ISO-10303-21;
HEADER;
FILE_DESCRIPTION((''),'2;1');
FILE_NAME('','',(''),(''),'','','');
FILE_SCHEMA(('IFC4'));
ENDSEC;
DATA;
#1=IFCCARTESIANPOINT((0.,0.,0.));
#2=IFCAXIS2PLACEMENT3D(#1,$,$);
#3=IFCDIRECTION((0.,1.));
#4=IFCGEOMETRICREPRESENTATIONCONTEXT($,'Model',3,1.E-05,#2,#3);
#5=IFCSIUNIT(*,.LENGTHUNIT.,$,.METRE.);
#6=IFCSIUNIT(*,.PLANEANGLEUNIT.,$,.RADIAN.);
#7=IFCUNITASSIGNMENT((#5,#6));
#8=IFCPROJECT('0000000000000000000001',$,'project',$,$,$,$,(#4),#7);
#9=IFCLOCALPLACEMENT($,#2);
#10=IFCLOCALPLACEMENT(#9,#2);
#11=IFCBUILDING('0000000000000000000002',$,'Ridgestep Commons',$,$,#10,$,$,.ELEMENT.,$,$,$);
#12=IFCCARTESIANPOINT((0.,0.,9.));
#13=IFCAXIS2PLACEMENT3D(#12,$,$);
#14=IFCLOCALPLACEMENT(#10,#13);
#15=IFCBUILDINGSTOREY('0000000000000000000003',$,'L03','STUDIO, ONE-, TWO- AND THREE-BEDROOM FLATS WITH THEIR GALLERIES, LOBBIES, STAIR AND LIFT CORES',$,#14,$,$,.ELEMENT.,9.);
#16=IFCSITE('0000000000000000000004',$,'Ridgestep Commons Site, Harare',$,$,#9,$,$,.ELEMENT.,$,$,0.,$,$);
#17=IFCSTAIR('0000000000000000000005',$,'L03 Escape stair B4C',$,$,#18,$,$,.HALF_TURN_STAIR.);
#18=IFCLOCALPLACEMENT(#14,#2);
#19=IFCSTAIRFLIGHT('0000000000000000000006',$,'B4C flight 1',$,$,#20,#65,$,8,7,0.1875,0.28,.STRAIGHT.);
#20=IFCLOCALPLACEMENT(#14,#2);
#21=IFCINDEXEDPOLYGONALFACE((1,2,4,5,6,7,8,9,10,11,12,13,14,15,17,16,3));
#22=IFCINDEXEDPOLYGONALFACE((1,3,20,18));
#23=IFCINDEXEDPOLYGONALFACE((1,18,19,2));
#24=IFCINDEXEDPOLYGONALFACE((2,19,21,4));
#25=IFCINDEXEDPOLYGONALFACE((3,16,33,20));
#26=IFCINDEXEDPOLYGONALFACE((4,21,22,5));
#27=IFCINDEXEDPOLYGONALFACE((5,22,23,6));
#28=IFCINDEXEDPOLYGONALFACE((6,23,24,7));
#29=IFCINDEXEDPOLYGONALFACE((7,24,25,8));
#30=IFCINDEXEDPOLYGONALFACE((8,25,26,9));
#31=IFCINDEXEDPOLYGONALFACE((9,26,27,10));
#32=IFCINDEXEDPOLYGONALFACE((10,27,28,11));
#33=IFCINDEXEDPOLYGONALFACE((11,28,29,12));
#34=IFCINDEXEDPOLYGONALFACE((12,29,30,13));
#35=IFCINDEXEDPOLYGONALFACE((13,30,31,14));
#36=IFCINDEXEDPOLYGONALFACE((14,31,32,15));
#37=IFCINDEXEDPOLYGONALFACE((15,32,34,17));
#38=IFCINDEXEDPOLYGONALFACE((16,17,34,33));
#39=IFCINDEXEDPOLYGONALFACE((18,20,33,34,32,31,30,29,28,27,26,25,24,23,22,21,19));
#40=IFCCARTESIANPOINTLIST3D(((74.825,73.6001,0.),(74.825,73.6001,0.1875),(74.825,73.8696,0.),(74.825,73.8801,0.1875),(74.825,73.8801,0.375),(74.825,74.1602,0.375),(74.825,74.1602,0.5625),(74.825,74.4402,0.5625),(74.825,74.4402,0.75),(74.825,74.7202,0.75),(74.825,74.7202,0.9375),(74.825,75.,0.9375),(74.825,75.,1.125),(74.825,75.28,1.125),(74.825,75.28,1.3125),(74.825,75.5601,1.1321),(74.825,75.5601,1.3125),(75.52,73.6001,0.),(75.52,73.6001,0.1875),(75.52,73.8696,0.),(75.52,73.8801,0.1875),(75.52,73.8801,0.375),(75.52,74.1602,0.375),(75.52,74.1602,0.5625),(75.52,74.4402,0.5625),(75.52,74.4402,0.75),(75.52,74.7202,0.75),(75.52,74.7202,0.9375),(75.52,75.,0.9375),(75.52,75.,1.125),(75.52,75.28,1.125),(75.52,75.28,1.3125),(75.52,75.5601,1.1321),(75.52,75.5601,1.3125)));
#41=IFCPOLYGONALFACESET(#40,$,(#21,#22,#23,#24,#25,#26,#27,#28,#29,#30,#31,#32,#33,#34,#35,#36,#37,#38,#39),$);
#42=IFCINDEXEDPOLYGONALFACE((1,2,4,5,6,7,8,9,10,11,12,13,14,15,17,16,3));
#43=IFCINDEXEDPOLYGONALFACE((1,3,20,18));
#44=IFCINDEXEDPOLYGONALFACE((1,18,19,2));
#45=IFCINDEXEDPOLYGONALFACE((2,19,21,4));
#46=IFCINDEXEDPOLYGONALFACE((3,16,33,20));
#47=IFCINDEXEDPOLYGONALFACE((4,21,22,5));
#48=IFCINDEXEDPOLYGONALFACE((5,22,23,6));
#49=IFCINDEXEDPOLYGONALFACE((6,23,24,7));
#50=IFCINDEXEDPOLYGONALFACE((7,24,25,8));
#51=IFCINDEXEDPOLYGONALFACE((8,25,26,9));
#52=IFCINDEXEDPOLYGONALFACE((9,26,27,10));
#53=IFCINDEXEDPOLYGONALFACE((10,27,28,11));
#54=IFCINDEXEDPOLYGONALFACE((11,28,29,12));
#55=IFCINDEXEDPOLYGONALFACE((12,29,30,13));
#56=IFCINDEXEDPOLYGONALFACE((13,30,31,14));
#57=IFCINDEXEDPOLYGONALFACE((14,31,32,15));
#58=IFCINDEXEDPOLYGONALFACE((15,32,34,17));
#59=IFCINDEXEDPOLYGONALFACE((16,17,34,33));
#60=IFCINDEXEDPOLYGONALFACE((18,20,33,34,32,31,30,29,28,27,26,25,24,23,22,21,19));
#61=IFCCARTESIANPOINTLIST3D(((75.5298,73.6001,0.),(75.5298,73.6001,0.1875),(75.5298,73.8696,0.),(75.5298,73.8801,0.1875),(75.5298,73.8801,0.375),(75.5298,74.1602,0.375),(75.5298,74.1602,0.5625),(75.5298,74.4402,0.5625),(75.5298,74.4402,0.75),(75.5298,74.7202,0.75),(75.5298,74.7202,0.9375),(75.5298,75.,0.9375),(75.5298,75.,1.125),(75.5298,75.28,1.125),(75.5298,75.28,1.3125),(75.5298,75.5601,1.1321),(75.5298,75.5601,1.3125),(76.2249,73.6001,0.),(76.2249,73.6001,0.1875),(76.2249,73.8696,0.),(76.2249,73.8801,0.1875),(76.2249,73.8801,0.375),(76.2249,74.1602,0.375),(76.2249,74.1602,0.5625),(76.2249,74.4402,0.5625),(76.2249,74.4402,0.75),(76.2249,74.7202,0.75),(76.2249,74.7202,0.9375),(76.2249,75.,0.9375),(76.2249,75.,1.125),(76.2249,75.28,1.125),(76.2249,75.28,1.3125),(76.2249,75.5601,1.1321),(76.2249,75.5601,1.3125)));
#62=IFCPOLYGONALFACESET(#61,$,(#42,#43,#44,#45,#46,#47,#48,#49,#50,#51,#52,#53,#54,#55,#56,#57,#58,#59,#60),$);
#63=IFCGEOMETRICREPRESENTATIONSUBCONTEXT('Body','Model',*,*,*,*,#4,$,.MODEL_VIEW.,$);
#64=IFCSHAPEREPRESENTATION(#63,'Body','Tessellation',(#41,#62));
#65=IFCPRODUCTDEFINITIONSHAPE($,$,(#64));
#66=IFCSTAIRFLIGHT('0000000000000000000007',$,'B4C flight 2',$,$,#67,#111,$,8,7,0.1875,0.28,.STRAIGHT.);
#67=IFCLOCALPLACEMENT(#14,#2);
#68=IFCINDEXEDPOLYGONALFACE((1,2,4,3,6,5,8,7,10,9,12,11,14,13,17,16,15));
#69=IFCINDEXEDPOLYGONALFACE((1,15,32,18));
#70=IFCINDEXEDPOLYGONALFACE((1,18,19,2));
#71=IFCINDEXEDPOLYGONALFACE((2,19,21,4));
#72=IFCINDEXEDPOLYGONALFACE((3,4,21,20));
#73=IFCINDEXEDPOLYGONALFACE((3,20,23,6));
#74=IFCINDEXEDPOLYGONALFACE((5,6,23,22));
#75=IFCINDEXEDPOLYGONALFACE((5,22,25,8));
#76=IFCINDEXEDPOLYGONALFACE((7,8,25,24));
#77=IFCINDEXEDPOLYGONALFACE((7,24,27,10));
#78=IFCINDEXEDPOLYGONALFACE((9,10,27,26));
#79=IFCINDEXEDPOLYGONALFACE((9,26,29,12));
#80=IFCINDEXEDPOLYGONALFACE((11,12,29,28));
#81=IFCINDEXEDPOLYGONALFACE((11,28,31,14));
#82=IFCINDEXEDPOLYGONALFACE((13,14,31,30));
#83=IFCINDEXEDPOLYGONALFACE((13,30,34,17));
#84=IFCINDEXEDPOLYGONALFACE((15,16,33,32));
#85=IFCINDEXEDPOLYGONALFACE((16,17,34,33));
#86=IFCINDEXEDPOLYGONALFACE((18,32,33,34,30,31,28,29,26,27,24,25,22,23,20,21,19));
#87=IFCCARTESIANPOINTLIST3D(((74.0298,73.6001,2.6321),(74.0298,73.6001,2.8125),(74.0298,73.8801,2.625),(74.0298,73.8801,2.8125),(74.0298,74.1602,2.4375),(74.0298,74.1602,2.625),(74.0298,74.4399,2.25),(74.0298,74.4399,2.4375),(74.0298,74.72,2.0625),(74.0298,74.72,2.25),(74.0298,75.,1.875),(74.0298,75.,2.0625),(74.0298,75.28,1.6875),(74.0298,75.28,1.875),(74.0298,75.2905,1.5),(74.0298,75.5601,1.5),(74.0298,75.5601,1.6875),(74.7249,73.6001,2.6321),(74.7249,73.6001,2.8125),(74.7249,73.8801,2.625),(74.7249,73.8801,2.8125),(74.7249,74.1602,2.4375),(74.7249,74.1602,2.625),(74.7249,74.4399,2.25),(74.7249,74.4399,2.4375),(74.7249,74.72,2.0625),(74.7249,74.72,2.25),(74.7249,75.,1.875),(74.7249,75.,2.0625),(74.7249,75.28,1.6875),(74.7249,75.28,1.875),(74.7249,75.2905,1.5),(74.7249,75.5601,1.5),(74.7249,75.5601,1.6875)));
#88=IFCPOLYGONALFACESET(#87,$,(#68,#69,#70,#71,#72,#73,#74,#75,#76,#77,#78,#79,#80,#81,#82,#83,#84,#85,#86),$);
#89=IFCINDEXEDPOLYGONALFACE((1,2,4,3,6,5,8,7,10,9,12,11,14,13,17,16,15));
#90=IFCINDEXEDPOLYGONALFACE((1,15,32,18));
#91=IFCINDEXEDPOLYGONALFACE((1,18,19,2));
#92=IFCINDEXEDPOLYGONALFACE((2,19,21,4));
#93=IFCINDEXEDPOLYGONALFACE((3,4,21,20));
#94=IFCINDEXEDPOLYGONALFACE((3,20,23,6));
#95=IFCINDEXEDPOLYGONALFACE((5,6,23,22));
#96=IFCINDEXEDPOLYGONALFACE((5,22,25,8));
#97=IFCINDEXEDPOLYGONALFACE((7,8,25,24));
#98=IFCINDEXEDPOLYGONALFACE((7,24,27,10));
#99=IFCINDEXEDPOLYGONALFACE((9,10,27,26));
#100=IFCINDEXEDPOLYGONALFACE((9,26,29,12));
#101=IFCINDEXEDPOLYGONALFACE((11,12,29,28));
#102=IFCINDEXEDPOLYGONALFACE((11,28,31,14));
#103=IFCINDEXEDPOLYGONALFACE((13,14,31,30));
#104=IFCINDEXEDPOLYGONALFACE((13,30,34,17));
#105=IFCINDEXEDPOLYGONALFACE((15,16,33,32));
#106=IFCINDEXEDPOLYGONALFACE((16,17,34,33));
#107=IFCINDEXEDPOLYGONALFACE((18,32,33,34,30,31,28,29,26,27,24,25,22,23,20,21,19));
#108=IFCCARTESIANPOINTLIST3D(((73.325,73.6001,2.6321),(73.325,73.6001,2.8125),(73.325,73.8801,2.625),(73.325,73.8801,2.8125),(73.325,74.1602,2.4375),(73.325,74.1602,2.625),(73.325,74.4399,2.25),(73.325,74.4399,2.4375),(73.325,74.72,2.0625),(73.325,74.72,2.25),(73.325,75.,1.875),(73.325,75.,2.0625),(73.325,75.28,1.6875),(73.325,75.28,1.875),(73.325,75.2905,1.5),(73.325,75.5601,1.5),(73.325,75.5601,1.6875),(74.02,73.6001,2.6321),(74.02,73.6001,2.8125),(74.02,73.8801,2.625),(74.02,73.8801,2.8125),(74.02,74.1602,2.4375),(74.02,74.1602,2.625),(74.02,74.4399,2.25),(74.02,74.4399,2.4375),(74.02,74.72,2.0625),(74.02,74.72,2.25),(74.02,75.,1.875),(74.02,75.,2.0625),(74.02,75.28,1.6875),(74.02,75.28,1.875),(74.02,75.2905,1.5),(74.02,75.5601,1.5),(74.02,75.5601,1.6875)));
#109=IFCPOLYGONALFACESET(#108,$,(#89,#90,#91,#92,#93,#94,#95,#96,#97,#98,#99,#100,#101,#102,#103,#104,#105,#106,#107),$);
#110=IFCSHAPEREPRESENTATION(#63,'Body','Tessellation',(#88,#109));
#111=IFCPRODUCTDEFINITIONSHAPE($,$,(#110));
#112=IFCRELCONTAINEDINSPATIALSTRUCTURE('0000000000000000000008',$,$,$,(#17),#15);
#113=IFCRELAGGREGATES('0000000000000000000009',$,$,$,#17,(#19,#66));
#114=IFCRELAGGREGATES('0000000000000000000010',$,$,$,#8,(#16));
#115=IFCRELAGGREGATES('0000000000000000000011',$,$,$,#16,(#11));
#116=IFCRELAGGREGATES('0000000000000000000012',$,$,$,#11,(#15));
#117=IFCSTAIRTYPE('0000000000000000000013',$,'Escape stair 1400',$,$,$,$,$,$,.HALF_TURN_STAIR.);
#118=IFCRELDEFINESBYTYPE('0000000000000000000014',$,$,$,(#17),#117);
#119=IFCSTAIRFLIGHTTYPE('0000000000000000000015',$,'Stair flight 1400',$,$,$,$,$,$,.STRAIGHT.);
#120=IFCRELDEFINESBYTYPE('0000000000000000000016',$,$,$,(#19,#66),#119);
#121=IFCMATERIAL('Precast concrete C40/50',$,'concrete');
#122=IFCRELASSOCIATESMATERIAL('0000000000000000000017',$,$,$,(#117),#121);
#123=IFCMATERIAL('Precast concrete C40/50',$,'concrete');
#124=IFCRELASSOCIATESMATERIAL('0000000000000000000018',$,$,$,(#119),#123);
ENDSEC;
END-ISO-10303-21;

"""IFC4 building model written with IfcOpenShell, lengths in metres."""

from ifc_helpers import new_model, si_unit, direction, frame, origin, place, context, subcontext, project, spatial, polyline, outline, extrude, material, type_object, element, aggregate, save


model = new_model("IFC4")

# Units and contexts
model_context = context("Model", 3, precision=1e-05, world=origin(), true_north=direction((0.0, 1.0)))
body_context = subcontext(model_context, "Body", "Model", "MODEL_VIEW")
ifc_project = project(units=[si_unit("LENGTHUNIT", "METRE"), si_unit("PLANEANGLEUNIT", "RADIAN")], contexts=[model_context])

# Site, building, storey
site_placement = place(None, origin())
site = spatial("IfcSite", under=ifc_project, at=site_placement, Name="Ridgestep Commons Site, Harare", CompositionType="ELEMENT", RefElevation=0.0)
building_placement = place(site_placement, origin())
building = spatial("IfcBuilding", under=site, at=building_placement, Name="Ridgestep Commons", CompositionType="ELEMENT")
storey_placement = place(building_placement, frame((0.0, 0.0, 9.0)))
storey = spatial("IfcBuildingStorey", under=building, at=storey_placement, Name="L03", Description="STUDIO, ONE-, TWO- AND THREE-BEDROOM FLATS WITH THEIR GALLERIES, LOBBIES, STAIR AND LIFT CORES", CompositionType="ELEMENT", Elevation=9.0)

# Stair, stair flights
ifc_material_1 = material(Name="Precast concrete C40/50", Category="concrete")
stair_type = type_object("IfcStairType", Name="Escape stair 1400", PredefinedType="HALF_TURN_STAIR", material=ifc_material_1)
stair_placement = place(storey_placement, origin())
stair = element("IfcStair", 1, at=stair_placement, inside=storey, type_object=stair_type, Name="L03 Escape stair B4C", PredefinedType="HALF_TURN_STAIR")
ifc_material_2 = material(Name="Precast concrete C40/50", Category="concrete")
stair_flight_type = type_object("IfcStairFlightType", Name="Stair flight 1400", PredefinedType="STRAIGHT", material=ifc_material_2)
stair_flight_1_placement = place(storey_placement, frame((75.5249, 73.6001, 0.0), z_axis=(0.0, 0.0, 1.0), x_axis=(0.0, 1.0, 0.0)))
stair_flight_1 = element("IfcStairFlight", 2, at=stair_flight_1_placement, type_object=stair_flight_type, Name="B4C flight 1", NumberOfRisers=8, NumberOfTreads=7, PredefinedType="STRAIGHT", RiserHeight=0.1875, TreadLength=0.28, context=body_context, shape_type="SweptSolid", body=[
    extrude(outline(polyline([(0.0, 0.0), (0.0, 0.1875), (0.28, 0.1875), (0.28, 0.375), (0.5601, 0.375), (0.5601, 0.5625), (0.8401, 0.5625), (0.8401, 0.75), (1.1201, 0.75), (1.1201, 0.9375), (1.3999, 0.9375), (1.3999, 1.125), (1.6799, 1.125), (1.6799, 1.3125), (1.96, 1.3125), (1.96, 1.5), (1.96, 1.1321), (0.2695, 0.0), (0.0, 0.0)])), frame((0.0, 0.7, 0.0), z_axis=(0.0, -1.0, 0.0), x_axis=(1.0, 0.0, 0.0)), (0.0, 0.0, 1.0), 0.6951),
    extrude(outline(polyline([(0.0, 0.0), (0.0, 0.1875), (0.28, 0.1875), (0.28, 0.375), (0.5601, 0.375), (0.5601, 0.5625), (0.8401, 0.5625), (0.8401, 0.75), (1.1201, 0.75), (1.1201, 0.9375), (1.3999, 0.9375), (1.3999, 1.125), (1.6799, 1.125), (1.6799, 1.3125), (1.96, 1.3125), (1.96, 1.5), (1.96, 1.1321), (0.2695, 0.0), (0.0, 0.0)])), frame((0.0, -0.0049, 0.0), z_axis=(0.0, -1.0, 0.0), x_axis=(1.0, 0.0, 0.0)), (0.0, 0.0, 1.0), 0.6951),
])
stair_flight_2_placement = place(storey_placement, frame((74.0249, 75.5601, 1.5), z_axis=(0.0, 0.0, 1.0), x_axis=(0.0, -1.0, 0.0)))
stair_flight_2 = element("IfcStairFlight", 3, at=stair_flight_2_placement, type_object=stair_flight_type, Name="B4C flight 2", NumberOfRisers=8, NumberOfTreads=7, PredefinedType="STRAIGHT", RiserHeight=0.1875, TreadLength=0.28, context=body_context, shape_type="SweptSolid", body=[
    extrude(outline(polyline([(0.0, 0.0), (0.0, 0.1875), (0.28, 0.1875), (0.28, 0.375), (0.5601, 0.375), (0.5601, 0.5625), (0.8401, 0.5625), (0.8401, 0.75), (1.1201, 0.75), (1.1201, 0.9375), (1.3999, 0.9375), (1.3999, 1.125), (1.6799, 1.125), (1.6799, 1.3125), (1.96, 1.3125), (1.96, 1.5), (1.96, 1.1321), (0.2695, 0.0), (0.0, 0.0)])), frame((0.0, 0.7, 0.0), z_axis=(0.0, -1.0, 0.0), x_axis=(1.0, 0.0, 0.0)), (0.0, 0.0, 1.0), 0.6951),
    extrude(outline(polyline([(0.0, 0.0), (0.0, 0.1875), (0.28, 0.1875), (0.28, 0.375), (0.5601, 0.375), (0.5601, 0.5625), (0.8401, 0.5625), (0.8401, 0.75), (1.1201, 0.75), (1.1201, 0.9375), (1.3999, 0.9375), (1.3999, 1.125), (1.6799, 1.125), (1.6799, 1.3125), (1.96, 1.3125), (1.96, 1.5), (1.96, 1.1321), (0.2695, 0.0), (0.0, 0.0)])), frame((0.0, -0.0049, 0.0), z_axis=(0.0, -1.0, 0.0), x_axis=(1.0, 0.0, 0.0)), (0.0, 0.0, 1.0), 0.6951),
])
aggregate(stair, [stair_flight_1, stair_flight_2])

save(model, "model.ifc")
